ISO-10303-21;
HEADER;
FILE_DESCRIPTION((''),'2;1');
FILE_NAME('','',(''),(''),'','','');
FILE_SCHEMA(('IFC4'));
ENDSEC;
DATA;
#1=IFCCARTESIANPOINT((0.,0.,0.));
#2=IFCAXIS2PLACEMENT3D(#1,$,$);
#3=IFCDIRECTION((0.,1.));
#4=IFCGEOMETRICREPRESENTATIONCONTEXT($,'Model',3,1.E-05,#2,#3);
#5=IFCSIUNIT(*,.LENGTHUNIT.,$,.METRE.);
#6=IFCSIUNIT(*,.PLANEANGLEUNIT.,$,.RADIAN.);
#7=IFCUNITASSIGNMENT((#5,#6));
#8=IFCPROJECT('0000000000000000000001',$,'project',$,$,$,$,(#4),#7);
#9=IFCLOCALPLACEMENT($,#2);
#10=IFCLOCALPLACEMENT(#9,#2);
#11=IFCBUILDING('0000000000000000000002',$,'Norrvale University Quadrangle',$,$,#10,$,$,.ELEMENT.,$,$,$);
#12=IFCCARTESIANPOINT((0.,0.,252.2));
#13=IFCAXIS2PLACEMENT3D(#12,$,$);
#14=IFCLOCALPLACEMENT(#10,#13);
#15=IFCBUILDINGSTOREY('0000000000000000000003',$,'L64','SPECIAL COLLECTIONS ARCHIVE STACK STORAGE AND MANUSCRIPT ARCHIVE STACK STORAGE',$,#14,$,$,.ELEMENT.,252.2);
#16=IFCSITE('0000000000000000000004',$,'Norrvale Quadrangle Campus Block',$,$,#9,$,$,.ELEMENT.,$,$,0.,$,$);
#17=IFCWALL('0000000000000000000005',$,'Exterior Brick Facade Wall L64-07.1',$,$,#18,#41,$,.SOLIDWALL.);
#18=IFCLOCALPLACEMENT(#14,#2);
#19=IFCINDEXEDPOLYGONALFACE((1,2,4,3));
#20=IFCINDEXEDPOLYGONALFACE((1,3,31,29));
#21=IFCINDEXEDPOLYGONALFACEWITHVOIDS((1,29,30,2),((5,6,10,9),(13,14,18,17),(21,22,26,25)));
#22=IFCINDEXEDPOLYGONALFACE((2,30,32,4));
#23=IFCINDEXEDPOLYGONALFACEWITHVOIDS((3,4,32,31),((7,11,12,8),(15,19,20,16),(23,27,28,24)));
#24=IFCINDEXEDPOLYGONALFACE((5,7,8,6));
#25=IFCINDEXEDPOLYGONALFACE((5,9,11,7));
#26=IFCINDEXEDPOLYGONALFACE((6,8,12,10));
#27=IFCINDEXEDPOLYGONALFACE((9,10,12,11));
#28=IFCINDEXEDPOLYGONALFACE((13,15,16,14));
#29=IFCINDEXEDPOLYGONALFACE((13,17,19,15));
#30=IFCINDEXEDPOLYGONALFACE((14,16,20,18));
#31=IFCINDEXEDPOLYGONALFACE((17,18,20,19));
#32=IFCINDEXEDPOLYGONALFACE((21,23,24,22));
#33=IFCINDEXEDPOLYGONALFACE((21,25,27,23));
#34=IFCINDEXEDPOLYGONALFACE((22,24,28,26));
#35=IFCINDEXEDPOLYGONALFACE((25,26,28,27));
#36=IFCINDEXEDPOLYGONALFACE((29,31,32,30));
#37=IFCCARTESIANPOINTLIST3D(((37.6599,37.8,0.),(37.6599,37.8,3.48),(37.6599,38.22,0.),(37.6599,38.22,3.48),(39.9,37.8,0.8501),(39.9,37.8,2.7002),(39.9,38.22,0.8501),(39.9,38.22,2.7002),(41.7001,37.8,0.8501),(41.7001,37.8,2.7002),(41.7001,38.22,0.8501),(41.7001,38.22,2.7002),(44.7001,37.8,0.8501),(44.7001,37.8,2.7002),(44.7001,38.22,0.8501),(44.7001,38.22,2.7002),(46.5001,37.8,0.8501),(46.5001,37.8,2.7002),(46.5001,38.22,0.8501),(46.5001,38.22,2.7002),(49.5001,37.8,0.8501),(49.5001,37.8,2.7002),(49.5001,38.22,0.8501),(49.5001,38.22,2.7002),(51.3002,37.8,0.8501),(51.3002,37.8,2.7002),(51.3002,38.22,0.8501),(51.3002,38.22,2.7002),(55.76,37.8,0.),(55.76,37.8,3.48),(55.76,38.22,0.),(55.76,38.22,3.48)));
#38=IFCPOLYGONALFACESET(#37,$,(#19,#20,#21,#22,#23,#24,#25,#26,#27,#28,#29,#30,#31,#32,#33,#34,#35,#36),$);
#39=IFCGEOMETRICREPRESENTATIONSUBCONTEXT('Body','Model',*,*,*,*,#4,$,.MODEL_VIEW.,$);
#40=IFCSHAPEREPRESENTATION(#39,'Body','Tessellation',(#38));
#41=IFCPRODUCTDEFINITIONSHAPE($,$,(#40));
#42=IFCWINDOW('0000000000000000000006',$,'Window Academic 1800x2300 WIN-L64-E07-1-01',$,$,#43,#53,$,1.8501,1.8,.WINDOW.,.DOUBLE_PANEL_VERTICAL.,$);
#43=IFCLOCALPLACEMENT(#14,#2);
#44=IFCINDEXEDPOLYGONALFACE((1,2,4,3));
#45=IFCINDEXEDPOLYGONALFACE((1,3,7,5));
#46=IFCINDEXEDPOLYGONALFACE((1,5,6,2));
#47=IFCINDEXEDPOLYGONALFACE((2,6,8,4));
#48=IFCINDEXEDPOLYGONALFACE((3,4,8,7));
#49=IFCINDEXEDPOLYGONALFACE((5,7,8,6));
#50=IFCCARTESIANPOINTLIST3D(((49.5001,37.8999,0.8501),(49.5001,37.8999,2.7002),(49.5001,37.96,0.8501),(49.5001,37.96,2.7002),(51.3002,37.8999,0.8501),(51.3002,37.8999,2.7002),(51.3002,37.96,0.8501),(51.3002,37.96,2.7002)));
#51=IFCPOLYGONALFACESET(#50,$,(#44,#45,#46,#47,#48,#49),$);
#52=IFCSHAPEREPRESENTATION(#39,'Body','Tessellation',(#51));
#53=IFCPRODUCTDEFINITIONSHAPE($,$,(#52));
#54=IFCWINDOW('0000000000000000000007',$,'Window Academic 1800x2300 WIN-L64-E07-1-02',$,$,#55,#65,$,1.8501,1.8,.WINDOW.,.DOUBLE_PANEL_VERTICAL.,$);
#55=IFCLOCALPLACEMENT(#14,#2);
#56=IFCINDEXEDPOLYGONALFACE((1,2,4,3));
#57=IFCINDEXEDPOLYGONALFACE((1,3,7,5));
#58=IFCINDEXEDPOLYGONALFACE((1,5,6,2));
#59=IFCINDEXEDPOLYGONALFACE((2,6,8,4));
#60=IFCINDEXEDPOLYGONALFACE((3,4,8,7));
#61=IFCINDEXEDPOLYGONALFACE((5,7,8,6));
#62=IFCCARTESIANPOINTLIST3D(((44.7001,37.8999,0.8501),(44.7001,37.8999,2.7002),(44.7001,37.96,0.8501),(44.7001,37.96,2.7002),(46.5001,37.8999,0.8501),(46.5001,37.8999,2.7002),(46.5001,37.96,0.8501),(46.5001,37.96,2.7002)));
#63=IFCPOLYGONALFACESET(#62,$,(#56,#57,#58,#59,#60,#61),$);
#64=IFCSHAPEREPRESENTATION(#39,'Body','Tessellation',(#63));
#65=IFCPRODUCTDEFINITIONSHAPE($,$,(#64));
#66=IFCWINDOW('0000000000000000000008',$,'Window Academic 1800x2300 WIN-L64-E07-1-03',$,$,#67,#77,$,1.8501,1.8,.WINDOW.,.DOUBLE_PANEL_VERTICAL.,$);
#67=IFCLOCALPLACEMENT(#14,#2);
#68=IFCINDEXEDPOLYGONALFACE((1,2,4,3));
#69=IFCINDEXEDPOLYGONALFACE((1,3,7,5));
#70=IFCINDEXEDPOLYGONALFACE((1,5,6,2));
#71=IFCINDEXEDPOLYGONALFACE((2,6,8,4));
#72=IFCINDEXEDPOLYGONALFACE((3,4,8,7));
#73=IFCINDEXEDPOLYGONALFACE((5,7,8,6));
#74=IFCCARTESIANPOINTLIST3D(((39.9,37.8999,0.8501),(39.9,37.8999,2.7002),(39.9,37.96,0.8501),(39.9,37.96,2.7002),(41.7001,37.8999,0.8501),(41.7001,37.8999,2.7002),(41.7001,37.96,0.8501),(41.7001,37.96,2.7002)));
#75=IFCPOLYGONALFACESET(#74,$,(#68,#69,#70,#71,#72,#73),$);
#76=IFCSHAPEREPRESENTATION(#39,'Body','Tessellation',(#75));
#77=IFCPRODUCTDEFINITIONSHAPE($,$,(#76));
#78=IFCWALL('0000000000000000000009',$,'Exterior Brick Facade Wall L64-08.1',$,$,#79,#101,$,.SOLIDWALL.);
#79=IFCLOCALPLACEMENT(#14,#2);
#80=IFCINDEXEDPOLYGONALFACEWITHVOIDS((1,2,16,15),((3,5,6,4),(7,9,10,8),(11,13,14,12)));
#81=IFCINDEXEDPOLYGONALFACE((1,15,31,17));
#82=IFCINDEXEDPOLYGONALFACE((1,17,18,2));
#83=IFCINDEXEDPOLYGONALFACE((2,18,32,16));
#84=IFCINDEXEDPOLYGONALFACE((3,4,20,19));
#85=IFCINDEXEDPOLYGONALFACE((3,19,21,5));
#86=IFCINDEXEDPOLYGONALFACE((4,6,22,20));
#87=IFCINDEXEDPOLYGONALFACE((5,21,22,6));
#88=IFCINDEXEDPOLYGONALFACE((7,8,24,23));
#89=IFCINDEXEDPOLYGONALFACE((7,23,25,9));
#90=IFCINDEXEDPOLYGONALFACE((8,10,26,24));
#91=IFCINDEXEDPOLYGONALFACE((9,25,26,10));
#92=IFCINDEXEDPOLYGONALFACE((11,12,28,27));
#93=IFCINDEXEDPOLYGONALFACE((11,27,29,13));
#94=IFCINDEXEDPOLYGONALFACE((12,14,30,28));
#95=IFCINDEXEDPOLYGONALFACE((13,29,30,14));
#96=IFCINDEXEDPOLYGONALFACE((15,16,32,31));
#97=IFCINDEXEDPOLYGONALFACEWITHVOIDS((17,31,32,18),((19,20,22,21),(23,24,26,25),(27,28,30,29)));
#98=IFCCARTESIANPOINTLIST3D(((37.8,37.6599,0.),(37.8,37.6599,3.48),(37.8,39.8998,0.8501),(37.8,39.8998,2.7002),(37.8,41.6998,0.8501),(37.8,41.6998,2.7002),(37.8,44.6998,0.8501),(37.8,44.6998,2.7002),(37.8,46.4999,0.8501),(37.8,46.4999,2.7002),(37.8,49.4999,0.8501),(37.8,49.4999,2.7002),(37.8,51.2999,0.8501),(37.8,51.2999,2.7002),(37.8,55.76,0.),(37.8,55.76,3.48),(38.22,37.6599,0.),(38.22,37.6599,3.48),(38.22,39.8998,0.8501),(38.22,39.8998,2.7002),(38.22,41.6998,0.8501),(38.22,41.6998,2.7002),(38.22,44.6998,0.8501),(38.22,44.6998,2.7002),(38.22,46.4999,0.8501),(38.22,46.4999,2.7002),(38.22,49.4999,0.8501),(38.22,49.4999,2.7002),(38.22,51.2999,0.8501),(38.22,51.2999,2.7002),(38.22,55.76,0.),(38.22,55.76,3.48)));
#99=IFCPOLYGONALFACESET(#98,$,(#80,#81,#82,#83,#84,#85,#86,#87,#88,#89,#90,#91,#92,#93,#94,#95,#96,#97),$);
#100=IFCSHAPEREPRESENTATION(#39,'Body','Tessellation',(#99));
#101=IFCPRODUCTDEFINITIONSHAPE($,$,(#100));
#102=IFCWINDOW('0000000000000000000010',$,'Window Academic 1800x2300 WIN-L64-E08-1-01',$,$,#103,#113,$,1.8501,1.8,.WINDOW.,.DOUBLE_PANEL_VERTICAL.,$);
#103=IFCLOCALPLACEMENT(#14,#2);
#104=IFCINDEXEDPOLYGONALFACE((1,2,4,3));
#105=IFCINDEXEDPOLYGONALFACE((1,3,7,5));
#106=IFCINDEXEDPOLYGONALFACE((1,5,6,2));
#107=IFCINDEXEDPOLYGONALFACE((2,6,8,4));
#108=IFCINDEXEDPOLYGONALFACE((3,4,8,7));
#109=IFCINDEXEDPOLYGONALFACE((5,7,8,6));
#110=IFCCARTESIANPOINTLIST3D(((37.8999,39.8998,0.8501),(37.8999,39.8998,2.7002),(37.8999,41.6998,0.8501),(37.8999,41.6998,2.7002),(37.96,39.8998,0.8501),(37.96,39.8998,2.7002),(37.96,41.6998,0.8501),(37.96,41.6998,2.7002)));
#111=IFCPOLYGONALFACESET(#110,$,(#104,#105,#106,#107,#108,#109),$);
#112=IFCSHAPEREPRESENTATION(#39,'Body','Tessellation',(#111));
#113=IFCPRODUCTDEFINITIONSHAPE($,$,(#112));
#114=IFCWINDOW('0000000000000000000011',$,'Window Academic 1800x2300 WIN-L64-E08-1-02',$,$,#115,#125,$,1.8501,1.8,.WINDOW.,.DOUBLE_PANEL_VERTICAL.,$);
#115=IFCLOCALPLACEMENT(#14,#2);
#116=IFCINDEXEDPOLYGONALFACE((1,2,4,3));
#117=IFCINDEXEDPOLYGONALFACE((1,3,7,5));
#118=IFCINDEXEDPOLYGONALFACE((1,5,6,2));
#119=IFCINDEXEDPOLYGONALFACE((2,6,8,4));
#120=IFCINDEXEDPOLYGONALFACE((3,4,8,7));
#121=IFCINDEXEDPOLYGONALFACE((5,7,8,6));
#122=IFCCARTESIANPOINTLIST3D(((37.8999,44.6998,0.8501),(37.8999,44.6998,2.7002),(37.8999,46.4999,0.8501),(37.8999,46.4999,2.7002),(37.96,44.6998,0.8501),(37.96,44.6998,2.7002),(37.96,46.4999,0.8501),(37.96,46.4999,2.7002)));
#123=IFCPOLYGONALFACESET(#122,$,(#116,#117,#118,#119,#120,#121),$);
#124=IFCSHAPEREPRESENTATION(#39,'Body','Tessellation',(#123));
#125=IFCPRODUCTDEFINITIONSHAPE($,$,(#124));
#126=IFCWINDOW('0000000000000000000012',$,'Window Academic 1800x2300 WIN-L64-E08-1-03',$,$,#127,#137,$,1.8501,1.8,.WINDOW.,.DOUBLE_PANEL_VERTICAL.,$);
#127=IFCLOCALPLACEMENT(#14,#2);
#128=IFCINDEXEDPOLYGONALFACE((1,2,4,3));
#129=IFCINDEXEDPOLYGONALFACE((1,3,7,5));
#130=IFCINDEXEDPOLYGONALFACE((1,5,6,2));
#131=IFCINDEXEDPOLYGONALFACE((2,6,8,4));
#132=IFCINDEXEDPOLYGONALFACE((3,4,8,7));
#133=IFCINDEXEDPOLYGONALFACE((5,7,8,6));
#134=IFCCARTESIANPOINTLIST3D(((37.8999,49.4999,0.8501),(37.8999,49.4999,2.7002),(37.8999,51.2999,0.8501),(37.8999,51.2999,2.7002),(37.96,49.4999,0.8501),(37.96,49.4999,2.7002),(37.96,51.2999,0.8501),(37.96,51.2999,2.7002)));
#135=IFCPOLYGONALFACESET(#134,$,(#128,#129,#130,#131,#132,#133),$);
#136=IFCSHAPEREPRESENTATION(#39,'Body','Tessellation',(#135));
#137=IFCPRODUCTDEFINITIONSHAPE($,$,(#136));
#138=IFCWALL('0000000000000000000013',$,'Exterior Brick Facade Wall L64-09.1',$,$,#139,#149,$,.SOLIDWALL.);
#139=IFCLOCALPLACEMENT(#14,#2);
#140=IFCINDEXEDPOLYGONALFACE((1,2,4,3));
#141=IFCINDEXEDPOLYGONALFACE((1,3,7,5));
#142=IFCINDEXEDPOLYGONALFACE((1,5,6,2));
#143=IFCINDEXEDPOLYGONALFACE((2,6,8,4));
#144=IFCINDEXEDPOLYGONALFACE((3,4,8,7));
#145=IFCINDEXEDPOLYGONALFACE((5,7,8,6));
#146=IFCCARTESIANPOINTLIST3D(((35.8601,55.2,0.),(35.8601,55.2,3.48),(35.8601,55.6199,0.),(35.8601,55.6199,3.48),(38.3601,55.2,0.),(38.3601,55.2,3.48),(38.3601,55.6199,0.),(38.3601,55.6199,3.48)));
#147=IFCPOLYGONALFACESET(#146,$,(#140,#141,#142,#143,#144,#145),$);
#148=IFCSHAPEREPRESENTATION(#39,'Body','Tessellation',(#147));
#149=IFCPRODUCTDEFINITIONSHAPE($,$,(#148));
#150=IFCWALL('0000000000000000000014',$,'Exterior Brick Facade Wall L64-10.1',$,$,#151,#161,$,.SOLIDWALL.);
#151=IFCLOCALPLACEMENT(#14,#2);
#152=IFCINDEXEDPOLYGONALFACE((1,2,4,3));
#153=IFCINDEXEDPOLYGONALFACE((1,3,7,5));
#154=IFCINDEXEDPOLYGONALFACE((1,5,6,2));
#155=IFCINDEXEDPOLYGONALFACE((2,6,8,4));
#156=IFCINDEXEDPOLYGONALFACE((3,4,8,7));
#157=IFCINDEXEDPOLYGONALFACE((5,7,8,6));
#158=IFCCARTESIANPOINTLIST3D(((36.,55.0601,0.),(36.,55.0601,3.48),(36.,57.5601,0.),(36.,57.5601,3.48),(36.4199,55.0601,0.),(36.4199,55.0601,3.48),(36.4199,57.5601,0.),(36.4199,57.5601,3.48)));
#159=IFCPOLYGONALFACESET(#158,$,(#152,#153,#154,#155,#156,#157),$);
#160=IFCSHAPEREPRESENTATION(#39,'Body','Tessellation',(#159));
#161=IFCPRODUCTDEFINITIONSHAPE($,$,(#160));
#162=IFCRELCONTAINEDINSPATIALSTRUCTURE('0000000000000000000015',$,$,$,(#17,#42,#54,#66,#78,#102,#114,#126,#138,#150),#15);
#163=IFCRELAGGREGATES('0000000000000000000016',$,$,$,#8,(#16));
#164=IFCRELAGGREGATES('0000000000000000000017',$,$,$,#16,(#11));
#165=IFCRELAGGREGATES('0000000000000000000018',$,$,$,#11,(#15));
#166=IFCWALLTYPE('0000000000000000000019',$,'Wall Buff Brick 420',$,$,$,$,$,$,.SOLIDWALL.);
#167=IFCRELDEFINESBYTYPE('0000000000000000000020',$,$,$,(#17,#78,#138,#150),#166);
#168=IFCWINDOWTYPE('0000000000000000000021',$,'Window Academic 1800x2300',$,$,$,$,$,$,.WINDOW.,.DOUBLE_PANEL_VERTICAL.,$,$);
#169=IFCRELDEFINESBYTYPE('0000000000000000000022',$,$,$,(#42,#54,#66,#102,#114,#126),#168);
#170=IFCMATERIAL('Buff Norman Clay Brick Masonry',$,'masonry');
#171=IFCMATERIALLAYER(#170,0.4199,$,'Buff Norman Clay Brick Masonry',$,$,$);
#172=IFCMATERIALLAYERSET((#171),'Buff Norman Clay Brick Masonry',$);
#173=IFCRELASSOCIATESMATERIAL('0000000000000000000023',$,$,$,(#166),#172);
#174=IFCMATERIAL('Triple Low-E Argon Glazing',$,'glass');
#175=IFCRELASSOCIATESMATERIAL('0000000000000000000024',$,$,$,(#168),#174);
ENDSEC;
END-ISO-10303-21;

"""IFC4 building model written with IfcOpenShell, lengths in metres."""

from ifc_helpers import new_model, si_unit, direction, frame, frame_2d, origin, place, context, subcontext, project, spatial, rectangle, extrude, material, layer, layer_set, type_object, element, fill, save


model = new_model("IFC4")

# Units and contexts
model_context = context("Model", 3, precision=1e-05, world=origin(), true_north=direction((0.0, 1.0)))
body_context = subcontext(model_context, "Body", "Model", "MODEL_VIEW")
ifc_project = project(units=[si_unit("LENGTHUNIT", "METRE"), si_unit("PLANEANGLEUNIT", "RADIAN")], contexts=[model_context])

# Site, building, storey
site_placement = place(None, origin())
site = spatial("IfcSite", under=ifc_project, at=site_placement, Name="Norrvale Quadrangle Campus Block", CompositionType="ELEMENT", RefElevation=0.0)
building_placement = place(site_placement, origin())
building = spatial("IfcBuilding", under=site, at=building_placement, Name="Norrvale University Quadrangle", CompositionType="ELEMENT")
storey_placement = place(building_placement, frame((0.0, 0.0, 252.2)))
storey = spatial("IfcBuildingStorey", under=building, at=storey_placement, Name="L64", Description="SPECIAL COLLECTIONS ARCHIVE STACK STORAGE AND MANUSCRIPT ARCHIVE STACK STORAGE", CompositionType="ELEMENT", Elevation=252.2)

# Shared definitions
ifc_material_1 = material(Name="Buff Norman Clay Brick Masonry", Category="masonry")
ifc_layer_1 = layer(ifc_material_1, 0.4199, Name="Buff Norman Clay Brick Masonry")
ifc_layer_set_1 = layer_set([ifc_layer_1], Name="Buff Norman Clay Brick Masonry")
wall_type_1 = type_object("IfcWallType", Name="Wall Buff Brick 420", PredefinedType="SOLIDWALL", material=ifc_layer_set_1)

# Walls, openings, windows
wall_1_placement = place(storey_placement, frame((55.76, 38.01, 0.0), z_axis=(0.0, 0.0, 1.0), x_axis=(-1.0, 0.0, 0.0)))
wall_1 = element("IfcWall", 1, at=wall_1_placement, inside=storey, type_object=wall_type_1, Name="Exterior Brick Facade Wall L64-07.1", PredefinedType="SOLIDWALL", context=body_context, shape_type="SweptSolid", body=[
    extrude(rectangle(XDim=18.1001, YDim=0.4199, at=frame_2d((9.05, 0.0))), origin(), (0.0, 0.0, 1.0), 3.48),
])
opening_1_placement = place(wall_1_placement, frame((4.46, 0.0, 0.8501)))
opening_1 = element("IfcOpeningElement", 2, at=opening_1_placement, cuts=wall_1, PredefinedType="OPENING", context=body_context, shape_type="SweptSolid", body=[
    extrude(rectangle(XDim=1.8, YDim=1.8501, at=frame_2d((0.8999, 0.925))), frame((0.0, 0.2219, 0.0), z_axis=(0.0, -1.0, 0.0), x_axis=(1.0, 0.0, 0.0)), (0.0, 0.0, 1.0), 0.4438),
])
opening_2_placement = place(wall_1_placement, frame((9.26, 0.0, 0.8501)))
opening_2 = element("IfcOpeningElement", 3, at=opening_2_placement, cuts=wall_1, PredefinedType="OPENING", context=body_context, shape_type="SweptSolid", body=[
    extrude(rectangle(XDim=1.8, YDim=1.8501, at=frame_2d((0.8999, 0.925))), frame((0.0, 0.2219, 0.0), z_axis=(0.0, -1.0, 0.0), x_axis=(1.0, 0.0, 0.0)), (0.0, 0.0, 1.0), 0.4438),
])
opening_3_placement = place(wall_1_placement, frame((14.0601, 0.0, 0.8501)))
opening_3 = element("IfcOpeningElement", 4, at=opening_3_placement, cuts=wall_1, PredefinedType="OPENING", context=body_context, shape_type="SweptSolid", body=[
    extrude(rectangle(XDim=1.8, YDim=1.8501, at=frame_2d((0.8999, 0.925))), frame((0.0, 0.2219, 0.0), z_axis=(0.0, -1.0, 0.0), x_axis=(1.0, 0.0, 0.0)), (0.0, 0.0, 1.0), 0.4438),
])
ifc_material_2 = material(Name="Triple Low-E Argon Glazing", Category="glass")
window_type_1 = type_object("IfcWindowType", Name="Window Academic 1800x2300", PartitioningType="DOUBLE_PANEL_VERTICAL", PredefinedType="WINDOW", material=ifc_material_2)
window_1_placement = place(opening_1_placement, origin())
window_1 = element("IfcWindow", 5, at=window_1_placement, inside=storey, type_object=window_type_1, Name="Window Academic 1800x2300 WIN-L64-E07-1-01", OverallHeight=1.8501, OverallWidth=1.8, PartitioningType="DOUBLE_PANEL_VERTICAL", PredefinedType="WINDOW", context=body_context, shape_type="SweptSolid", body=[
    extrude(rectangle(XDim=1.8, YDim=1.8501, at=frame_2d((0.8999, 0.925))), frame((0.0, 0.1101, 0.0), z_axis=(0.0, -1.0, 0.0), x_axis=(1.0, 0.0, 0.0)), (0.0, 0.0, 1.0), 0.0601),
])
fill(opening_1, window_1)
window_2_placement = place(opening_2_placement, origin())
window_2 = element("IfcWindow", 6, at=window_2_placement, inside=storey, type_object=window_type_1, Name="Window Academic 1800x2300 WIN-L64-E07-1-02", OverallHeight=1.8501, OverallWidth=1.8, PartitioningType="DOUBLE_PANEL_VERTICAL", PredefinedType="WINDOW", context=body_context, shape_type="SweptSolid", body=[
    extrude(rectangle(XDim=1.8, YDim=1.8501, at=frame_2d((0.8999, 0.925))), frame((0.0, 0.1101, 0.0), z_axis=(0.0, -1.0, 0.0), x_axis=(1.0, 0.0, 0.0)), (0.0, 0.0, 1.0), 0.0601),
])
fill(opening_2, window_2)
window_3_placement = place(opening_3_placement, origin())
window_3 = element("IfcWindow", 7, at=window_3_placement, inside=storey, type_object=window_type_1, Name="Window Academic 1800x2300 WIN-L64-E07-1-03", OverallHeight=1.8501, OverallWidth=1.8, PartitioningType="DOUBLE_PANEL_VERTICAL", PredefinedType="WINDOW", context=body_context, shape_type="SweptSolid", body=[
    extrude(rectangle(XDim=1.8, YDim=1.8501, at=frame_2d((0.8999, 0.925))), frame((0.0, 0.1101, 0.0), z_axis=(0.0, -1.0, 0.0), x_axis=(1.0, 0.0, 0.0)), (0.0, 0.0, 1.0), 0.0601),
])
fill(opening_3, window_3)
wall_2_placement = place(storey_placement, frame((38.01, 37.6599, 0.0), z_axis=(0.0, 0.0, 1.0), x_axis=(0.0, 1.0, 0.0)))
wall_2 = element("IfcWall", 8, at=wall_2_placement, inside=storey, type_object=wall_type_1, Name="Exterior Brick Facade Wall L64-08.1", PredefinedType="SOLIDWALL", context=body_context, shape_type="SweptSolid", body=[
    extrude(rectangle(XDim=18.1001, YDim=0.4199, at=frame_2d((9.05, 0.0))), origin(), (0.0, 0.0, 1.0), 3.48),
])
opening_4_placement = place(wall_2_placement, frame((2.24, 0.0, 0.8501)))
opening_4 = element("IfcOpeningElement", 9, at=opening_4_placement, cuts=wall_2, PredefinedType="OPENING", context=body_context, shape_type="SweptSolid", body=[
    extrude(rectangle(XDim=1.8, YDim=1.8501, at=frame_2d((0.8999, 0.925))), frame((0.0, 0.2219, 0.0), z_axis=(0.0, -1.0, 0.0), x_axis=(1.0, 0.0, 0.0)), (0.0, 0.0, 1.0), 0.4438),
])
opening_5_placement = place(wall_2_placement, frame((7.04, 0.0, 0.8501)))
opening_5 = element("IfcOpeningElement", 10, at=opening_5_placement, cuts=wall_2, PredefinedType="OPENING", context=body_context, shape_type="SweptSolid", body=[
    extrude(rectangle(XDim=1.8, YDim=1.8501, at=frame_2d((0.8999, 0.925))), frame((0.0, 0.2219, 0.0), z_axis=(0.0, -1.0, 0.0), x_axis=(1.0, 0.0, 0.0)), (0.0, 0.0, 1.0), 0.4438),
])
opening_6_placement = place(wall_2_placement, frame((11.8401, 0.0, 0.8501)))
opening_6 = element("IfcOpeningElement", 11, at=opening_6_placement, cuts=wall_2, PredefinedType="OPENING", context=body_context, shape_type="SweptSolid", body=[
    extrude(rectangle(XDim=1.8, YDim=1.8501, at=frame_2d((0.8999, 0.925))), frame((0.0, 0.2219, 0.0), z_axis=(0.0, -1.0, 0.0), x_axis=(1.0, 0.0, 0.0)), (0.0, 0.0, 1.0), 0.4438),
])
window_4_placement = place(opening_4_placement, origin())
window_4 = element("IfcWindow", 12, at=window_4_placement, inside=storey, type_object=window_type_1, Name="Window Academic 1800x2300 WIN-L64-E08-1-01", OverallHeight=1.8501, OverallWidth=1.8, PartitioningType="DOUBLE_PANEL_VERTICAL", PredefinedType="WINDOW", context=body_context, shape_type="SweptSolid", body=[
    extrude(rectangle(XDim=1.8, YDim=1.8501, at=frame_2d((0.8999, 0.925))), frame((0.0, 0.1101, 0.0), z_axis=(0.0, -1.0, 0.0), x_axis=(1.0, 0.0, 0.0)), (0.0, 0.0, 1.0), 0.0601),
])
fill(opening_4, window_4)
window_5_placement = place(opening_5_placement, origin())
window_5 = element("IfcWindow", 13, at=window_5_placement, inside=storey, type_object=window_type_1, Name="Window Academic 1800x2300 WIN-L64-E08-1-02", OverallHeight=1.8501, OverallWidth=1.8, PartitioningType="DOUBLE_PANEL_VERTICAL", PredefinedType="WINDOW", context=body_context, shape_type="SweptSolid", body=[
    extrude(rectangle(XDim=1.8, YDim=1.8501, at=frame_2d((0.8999, 0.925))), frame((0.0, 0.1101, 0.0), z_axis=(0.0, -1.0, 0.0), x_axis=(1.0, 0.0, 0.0)), (0.0, 0.0, 1.0), 0.0601),
])
fill(opening_5, window_5)
window_6_placement = place(opening_6_placement, origin())
window_6 = element("IfcWindow", 14, at=window_6_placement, inside=storey, type_object=window_type_1, Name="Window Academic 1800x2300 WIN-L64-E08-1-03", OverallHeight=1.8501, OverallWidth=1.8, PartitioningType="DOUBLE_PANEL_VERTICAL", PredefinedType="WINDOW", context=body_context, shape_type="SweptSolid", body=[
    extrude(rectangle(XDim=1.8, YDim=1.8501, at=frame_2d((0.8999, 0.925))), frame((0.0, 0.1101, 0.0), z_axis=(0.0, -1.0, 0.0), x_axis=(1.0, 0.0, 0.0)), (0.0, 0.0, 1.0), 0.0601),
])
fill(opening_6, window_6)

# Walls
for number, where, z_axis, x_axis, name in (
    (15, (38.3601, 55.4099, 0.0), (0.0, 0.0, 1.0), (-1.0, 0.0, 0.0), "Exterior Brick Facade Wall L64-09.1"),
    (16, (36.21, 55.0601, 0.0), (0.0, 0.0, 1.0), (0.0, 1.0, 0.0), "Exterior Brick Facade Wall L64-10.1"),
):
    element("IfcWall", number, at=place(storey_placement, frame(where, z_axis=z_axis, x_axis=x_axis)), inside=storey, type_object=wall_type_1, Name=name, PredefinedType="SOLIDWALL", context=body_context, shape_type="SweptSolid", body=[
        extrude(rectangle(XDim=2.5, YDim=0.4199, at=frame_2d((1.25, 0.0))), origin(), (0.0, 0.0, 1.0), 3.48),
    ])

save(model, "model.ifc")
